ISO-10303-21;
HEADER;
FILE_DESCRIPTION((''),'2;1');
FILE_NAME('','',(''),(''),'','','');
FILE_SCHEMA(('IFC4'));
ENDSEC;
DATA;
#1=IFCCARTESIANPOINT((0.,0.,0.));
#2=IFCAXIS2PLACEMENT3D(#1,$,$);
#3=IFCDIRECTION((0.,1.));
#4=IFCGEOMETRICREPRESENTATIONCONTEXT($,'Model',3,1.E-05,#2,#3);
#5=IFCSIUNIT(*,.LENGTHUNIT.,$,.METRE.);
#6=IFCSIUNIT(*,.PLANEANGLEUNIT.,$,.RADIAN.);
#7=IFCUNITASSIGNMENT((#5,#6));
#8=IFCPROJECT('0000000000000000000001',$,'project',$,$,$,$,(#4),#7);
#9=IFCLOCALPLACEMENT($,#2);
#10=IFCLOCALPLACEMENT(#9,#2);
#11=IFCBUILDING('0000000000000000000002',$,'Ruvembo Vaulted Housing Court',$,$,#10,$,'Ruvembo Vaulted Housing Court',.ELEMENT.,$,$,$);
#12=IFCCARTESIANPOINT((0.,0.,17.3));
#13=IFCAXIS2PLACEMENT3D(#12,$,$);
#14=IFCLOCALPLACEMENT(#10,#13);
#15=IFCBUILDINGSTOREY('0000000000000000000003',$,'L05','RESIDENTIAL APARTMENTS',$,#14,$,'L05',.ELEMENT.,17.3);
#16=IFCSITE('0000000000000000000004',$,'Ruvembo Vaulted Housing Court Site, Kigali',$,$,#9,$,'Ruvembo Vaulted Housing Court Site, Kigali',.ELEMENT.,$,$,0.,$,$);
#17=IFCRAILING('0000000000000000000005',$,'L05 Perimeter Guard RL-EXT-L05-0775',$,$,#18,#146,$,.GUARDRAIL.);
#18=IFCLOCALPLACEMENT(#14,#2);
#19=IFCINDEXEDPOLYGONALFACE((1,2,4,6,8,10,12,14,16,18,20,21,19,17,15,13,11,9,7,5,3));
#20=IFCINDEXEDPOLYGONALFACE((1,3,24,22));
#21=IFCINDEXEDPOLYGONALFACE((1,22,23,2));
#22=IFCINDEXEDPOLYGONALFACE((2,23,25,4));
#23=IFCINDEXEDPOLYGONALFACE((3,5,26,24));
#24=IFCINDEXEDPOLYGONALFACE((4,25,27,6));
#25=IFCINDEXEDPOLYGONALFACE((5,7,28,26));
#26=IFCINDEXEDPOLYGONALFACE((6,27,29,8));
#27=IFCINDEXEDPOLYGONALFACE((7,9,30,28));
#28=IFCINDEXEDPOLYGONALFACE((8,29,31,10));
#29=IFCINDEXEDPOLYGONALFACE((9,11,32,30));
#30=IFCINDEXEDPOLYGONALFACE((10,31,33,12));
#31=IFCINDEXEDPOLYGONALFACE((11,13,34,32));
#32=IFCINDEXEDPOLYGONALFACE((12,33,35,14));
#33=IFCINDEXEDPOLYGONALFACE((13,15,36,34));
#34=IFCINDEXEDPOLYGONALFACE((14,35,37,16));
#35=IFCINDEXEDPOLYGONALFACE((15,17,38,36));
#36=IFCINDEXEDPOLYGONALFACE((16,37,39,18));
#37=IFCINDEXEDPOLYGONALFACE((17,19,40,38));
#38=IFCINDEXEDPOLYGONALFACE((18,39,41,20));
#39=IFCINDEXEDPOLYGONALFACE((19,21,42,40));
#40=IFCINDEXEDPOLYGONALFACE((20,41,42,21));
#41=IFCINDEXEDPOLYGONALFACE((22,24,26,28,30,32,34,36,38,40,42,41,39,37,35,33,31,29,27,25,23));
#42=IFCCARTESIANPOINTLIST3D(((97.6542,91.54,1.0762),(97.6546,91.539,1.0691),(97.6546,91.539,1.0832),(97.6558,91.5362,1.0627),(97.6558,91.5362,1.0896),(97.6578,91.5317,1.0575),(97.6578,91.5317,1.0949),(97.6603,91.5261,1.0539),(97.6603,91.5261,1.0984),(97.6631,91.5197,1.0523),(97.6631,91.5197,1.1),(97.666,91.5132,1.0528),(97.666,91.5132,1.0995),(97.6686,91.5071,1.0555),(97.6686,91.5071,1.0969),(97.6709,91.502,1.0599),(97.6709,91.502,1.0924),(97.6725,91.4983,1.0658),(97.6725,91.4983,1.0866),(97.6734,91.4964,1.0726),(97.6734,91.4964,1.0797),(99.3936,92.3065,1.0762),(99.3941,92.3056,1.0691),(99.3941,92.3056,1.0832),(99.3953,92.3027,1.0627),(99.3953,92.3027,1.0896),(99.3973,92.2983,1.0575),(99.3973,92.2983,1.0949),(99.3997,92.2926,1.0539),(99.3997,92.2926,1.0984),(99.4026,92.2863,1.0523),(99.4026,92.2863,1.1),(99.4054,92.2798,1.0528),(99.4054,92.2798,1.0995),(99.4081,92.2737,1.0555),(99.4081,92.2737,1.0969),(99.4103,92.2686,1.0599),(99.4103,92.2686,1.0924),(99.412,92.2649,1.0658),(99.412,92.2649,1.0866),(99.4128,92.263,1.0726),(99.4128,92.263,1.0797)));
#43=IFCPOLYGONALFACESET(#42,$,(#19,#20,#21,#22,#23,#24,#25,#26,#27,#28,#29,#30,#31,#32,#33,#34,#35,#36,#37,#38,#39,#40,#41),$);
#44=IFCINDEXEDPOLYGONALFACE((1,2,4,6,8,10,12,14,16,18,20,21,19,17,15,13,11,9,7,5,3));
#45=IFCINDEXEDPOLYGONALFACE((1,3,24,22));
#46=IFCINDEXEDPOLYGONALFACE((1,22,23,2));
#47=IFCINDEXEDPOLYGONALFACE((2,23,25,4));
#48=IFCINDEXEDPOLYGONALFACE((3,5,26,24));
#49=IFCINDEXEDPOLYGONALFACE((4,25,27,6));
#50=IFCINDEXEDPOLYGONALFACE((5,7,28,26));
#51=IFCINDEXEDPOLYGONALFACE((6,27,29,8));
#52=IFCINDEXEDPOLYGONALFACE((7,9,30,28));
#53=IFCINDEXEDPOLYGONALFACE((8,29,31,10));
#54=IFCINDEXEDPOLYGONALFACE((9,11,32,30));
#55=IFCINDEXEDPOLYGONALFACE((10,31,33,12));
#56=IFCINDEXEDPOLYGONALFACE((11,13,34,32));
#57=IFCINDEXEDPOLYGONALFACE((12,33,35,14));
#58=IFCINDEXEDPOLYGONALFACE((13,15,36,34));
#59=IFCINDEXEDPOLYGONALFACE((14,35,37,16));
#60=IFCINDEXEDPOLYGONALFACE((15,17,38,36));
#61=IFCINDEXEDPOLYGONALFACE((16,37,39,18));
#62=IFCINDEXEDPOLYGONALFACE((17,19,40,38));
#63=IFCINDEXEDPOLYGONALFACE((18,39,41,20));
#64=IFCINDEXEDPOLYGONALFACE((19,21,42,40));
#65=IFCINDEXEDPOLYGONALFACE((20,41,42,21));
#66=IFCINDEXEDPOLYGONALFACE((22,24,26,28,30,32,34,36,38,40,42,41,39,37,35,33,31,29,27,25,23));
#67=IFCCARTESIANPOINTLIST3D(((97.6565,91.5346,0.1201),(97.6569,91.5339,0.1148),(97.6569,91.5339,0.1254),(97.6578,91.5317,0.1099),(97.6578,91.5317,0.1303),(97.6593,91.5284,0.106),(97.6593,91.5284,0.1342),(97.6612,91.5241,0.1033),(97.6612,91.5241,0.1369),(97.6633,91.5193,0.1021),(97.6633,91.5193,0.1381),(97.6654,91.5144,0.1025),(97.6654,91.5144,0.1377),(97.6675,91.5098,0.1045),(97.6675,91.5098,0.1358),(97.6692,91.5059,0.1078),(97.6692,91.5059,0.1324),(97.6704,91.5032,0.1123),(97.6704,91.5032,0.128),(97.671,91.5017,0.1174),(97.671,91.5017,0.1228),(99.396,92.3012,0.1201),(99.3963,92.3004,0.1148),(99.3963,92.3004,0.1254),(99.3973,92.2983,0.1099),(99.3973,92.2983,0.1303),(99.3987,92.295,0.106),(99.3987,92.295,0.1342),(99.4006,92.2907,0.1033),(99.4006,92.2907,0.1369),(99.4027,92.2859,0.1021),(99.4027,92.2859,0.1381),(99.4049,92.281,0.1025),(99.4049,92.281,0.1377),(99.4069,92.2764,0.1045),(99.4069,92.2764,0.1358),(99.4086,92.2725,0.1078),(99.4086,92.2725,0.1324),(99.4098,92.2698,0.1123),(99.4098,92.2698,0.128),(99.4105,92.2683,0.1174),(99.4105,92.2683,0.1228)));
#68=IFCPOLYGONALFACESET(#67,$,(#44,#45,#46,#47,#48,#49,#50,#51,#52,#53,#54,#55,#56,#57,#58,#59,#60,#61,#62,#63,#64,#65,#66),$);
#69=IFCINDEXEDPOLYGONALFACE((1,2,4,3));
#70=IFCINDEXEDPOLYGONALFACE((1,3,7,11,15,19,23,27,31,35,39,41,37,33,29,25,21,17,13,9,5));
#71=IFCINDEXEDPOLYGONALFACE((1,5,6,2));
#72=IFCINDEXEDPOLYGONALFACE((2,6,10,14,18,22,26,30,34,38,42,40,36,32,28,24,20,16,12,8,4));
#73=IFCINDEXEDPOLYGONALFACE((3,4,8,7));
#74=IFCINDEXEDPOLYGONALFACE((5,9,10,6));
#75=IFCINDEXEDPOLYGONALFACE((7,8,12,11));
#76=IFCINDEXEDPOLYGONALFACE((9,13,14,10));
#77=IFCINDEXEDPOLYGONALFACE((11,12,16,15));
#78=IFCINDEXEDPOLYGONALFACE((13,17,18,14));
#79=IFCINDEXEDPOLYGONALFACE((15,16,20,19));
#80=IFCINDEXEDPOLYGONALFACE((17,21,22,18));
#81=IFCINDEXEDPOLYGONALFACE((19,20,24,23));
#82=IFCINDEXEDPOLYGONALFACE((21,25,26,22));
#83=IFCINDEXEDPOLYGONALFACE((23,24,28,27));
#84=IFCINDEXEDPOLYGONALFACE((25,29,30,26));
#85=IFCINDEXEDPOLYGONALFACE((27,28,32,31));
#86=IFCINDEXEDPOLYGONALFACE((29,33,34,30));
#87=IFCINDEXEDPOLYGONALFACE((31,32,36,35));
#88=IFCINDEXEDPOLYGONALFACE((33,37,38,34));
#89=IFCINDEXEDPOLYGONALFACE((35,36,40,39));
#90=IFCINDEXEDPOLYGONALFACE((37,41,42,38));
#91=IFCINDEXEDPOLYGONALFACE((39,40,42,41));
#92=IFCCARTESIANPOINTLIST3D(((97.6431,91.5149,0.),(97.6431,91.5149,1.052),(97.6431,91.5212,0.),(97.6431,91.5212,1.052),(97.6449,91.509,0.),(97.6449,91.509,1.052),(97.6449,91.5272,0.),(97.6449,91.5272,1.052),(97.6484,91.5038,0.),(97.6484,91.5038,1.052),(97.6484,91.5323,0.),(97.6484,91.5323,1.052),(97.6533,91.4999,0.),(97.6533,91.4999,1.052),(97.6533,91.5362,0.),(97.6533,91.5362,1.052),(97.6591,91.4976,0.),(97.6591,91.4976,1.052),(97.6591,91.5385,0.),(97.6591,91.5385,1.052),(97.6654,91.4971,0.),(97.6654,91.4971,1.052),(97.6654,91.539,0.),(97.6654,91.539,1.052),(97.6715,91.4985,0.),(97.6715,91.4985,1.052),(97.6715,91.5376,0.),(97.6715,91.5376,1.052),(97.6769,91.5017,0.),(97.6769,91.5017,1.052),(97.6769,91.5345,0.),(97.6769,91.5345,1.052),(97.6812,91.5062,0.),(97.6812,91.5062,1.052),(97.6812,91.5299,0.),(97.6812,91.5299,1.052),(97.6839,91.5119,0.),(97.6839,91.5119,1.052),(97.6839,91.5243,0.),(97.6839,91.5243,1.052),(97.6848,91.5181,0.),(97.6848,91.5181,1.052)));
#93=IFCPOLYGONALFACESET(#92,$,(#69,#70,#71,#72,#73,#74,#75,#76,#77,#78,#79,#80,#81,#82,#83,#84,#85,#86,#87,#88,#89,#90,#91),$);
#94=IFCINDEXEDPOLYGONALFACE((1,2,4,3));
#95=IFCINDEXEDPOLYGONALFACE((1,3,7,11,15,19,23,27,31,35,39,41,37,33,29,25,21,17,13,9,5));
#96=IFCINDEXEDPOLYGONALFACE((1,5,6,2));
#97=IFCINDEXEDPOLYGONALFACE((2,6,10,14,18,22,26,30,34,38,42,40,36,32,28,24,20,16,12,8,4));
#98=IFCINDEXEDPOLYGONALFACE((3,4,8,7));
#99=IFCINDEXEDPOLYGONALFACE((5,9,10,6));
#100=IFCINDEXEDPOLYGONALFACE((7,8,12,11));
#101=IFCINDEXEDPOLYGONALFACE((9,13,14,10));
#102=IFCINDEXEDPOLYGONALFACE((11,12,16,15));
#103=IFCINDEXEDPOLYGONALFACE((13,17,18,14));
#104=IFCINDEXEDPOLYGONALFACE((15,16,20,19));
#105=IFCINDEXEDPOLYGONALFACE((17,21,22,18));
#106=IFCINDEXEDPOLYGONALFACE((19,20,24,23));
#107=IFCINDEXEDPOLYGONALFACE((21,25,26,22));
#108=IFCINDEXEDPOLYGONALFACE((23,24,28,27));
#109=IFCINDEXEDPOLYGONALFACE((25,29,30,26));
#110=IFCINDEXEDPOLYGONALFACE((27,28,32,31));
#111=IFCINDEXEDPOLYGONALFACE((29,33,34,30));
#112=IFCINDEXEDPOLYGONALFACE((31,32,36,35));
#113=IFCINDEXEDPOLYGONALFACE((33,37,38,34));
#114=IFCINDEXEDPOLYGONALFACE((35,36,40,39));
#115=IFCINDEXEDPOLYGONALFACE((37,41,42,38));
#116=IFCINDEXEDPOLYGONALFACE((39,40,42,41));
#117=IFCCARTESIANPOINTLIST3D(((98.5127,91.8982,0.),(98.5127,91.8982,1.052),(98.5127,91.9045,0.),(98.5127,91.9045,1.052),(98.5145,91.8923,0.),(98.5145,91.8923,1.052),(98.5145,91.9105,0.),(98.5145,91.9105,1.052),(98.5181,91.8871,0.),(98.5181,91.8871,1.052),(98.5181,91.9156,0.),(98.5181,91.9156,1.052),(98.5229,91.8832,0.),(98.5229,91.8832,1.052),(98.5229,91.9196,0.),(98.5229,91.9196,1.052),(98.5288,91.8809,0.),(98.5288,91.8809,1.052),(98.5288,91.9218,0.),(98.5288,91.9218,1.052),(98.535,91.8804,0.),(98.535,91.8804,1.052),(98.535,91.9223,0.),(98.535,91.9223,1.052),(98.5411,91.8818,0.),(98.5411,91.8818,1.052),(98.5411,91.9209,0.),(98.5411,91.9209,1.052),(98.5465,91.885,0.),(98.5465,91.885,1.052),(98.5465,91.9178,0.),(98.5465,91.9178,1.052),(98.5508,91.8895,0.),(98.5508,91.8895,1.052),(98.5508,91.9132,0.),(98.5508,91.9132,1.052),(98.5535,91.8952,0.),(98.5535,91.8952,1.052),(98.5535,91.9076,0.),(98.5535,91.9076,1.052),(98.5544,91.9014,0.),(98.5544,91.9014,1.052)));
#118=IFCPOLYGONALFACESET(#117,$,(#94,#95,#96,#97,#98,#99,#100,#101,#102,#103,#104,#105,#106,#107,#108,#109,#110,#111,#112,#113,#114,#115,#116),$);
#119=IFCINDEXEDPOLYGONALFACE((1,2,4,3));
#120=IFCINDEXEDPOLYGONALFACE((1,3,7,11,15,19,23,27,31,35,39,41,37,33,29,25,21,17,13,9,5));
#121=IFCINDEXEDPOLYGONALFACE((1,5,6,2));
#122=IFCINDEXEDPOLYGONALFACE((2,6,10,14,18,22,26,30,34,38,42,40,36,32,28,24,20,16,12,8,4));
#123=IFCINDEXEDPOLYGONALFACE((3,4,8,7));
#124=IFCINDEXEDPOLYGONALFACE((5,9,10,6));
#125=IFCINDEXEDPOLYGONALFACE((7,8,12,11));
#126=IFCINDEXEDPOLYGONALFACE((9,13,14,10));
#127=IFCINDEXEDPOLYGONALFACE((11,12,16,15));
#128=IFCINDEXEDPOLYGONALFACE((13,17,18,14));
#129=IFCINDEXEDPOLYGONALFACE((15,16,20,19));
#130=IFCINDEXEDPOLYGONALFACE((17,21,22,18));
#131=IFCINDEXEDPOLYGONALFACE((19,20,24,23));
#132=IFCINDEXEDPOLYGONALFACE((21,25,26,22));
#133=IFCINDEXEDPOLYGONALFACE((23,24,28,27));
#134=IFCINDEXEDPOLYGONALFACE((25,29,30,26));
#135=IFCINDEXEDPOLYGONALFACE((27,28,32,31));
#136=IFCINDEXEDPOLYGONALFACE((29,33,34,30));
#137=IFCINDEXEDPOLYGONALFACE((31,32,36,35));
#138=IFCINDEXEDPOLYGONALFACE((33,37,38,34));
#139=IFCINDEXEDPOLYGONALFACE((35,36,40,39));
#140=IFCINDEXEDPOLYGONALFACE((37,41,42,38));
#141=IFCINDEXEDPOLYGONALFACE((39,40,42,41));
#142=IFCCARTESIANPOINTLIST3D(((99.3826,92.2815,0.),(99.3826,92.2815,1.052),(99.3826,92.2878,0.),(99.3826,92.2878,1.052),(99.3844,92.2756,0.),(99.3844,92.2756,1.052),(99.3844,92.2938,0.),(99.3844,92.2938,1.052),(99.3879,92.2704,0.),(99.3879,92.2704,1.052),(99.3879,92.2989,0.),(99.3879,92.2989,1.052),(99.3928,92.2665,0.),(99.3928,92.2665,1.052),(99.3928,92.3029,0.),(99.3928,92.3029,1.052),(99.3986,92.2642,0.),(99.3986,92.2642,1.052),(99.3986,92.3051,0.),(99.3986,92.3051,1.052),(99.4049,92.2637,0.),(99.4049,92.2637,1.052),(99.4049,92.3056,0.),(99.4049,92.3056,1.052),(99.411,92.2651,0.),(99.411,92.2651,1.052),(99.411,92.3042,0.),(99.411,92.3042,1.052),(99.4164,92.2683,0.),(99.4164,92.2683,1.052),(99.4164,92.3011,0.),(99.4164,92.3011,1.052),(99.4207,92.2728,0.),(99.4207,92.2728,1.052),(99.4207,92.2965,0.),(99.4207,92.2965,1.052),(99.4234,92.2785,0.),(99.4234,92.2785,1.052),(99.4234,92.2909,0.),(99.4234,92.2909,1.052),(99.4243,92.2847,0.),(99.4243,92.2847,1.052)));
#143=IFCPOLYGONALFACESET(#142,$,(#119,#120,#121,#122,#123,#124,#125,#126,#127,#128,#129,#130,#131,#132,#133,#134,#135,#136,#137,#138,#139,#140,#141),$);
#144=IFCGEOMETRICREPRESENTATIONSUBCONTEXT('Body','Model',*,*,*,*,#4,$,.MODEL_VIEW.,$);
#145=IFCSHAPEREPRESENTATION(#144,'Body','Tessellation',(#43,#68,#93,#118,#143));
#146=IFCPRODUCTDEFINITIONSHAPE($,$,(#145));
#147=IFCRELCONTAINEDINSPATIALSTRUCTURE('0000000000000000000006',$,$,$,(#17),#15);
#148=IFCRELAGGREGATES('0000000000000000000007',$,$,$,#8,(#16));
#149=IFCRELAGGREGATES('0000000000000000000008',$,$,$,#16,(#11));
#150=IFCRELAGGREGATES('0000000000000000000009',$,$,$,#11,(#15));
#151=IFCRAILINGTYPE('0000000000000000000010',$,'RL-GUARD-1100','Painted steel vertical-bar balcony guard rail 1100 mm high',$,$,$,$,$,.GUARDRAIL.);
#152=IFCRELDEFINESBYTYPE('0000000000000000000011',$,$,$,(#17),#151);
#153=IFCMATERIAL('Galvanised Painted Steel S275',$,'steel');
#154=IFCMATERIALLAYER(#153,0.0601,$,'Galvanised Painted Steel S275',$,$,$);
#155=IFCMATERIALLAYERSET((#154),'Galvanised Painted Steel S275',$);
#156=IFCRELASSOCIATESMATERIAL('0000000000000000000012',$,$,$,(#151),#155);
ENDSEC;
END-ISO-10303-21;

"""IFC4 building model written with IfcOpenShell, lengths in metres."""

from ifc_helpers import new_model, si_unit, direction, frame, origin, origin_2d, place, context, subcontext, project, spatial, circle, extrude, material, layer, layer_set, type_object, element, save


model = new_model("IFC4")

# Units and contexts
model_context = context("Model", 3, precision=1e-05, world=origin(), true_north=direction((0.0, 1.0)))
body_context = subcontext(model_context, "Body", "Model", "MODEL_VIEW")
ifc_project = project(units=[si_unit("LENGTHUNIT", "METRE"), si_unit("PLANEANGLEUNIT", "RADIAN")], contexts=[model_context])

# Site, building, storey
site_placement = place(None, origin())
site = spatial("IfcSite", under=ifc_project, at=site_placement, Name="Ruvembo Vaulted Housing Court Site, Kigali", LongName="Ruvembo Vaulted Housing Court Site, Kigali", CompositionType="ELEMENT", RefElevation=0.0)
building_placement = place(site_placement, origin())
building = spatial("IfcBuilding", under=site, at=building_placement, Name="Ruvembo Vaulted Housing Court", LongName="Ruvembo Vaulted Housing Court", CompositionType="ELEMENT")
storey_placement = place(building_placement, frame((0.0, 0.0, 17.3)))
storey = spatial("IfcBuildingStorey", under=building, at=storey_placement, Name="L05", Description="RESIDENTIAL APARTMENTS", LongName="L05", CompositionType="ELEMENT", Elevation=17.3)

# Railing
ifc_material_1 = material(Name="Galvanised Painted Steel S275", Category="steel")
ifc_layer_1 = layer(ifc_material_1, 0.0601, Name="Galvanised Painted Steel S275")
ifc_layer_set_1 = layer_set([ifc_layer_1], Name="Galvanised Painted Steel S275")
railing_type = type_object("IfcRailingType", Name="RL-GUARD-1100", Description="Painted steel vertical-bar balcony guard rail 1100 mm high", PredefinedType="GUARDRAIL", material=ifc_layer_set_1)
railing_1_placement = place(storey_placement, frame((97.6638, 91.5181, 0.0)))
element("IfcRailing", 1, at=railing_1_placement, inside=storey, type_object=railing_type, Name="L05 Perimeter Guard RL-EXT-L05-0775", PredefinedType="GUARDRAIL", context=body_context, shape_type="SweptSolid", body=[
    extrude(circle(Radius=0.0239, at=origin_2d()), frame((0.0, 0.0, 1.0762), z_axis=(0.915078, 0.403277, 0.0), x_axis=(-0.403277, 0.915078, 0.0)), (0.0, 0.0, 1.0), 1.9009),
    extrude(circle(Radius=0.0181, at=origin_2d()), frame((0.0, 0.0, 0.1201), z_axis=(0.915078, 0.403277, 0.0), x_axis=(-0.403277, 0.915078, 0.0)), (0.0, 0.0, 1.0), 1.9009),
    extrude(circle(Radius=0.021, at=origin_2d()), origin(), (0.0, 0.0, 1.0), 1.052),
    extrude(circle(Radius=0.021, at=origin_2d()), frame((0.8696, 0.3833, 0.0)), (0.0, 0.0, 1.0), 1.052),
    extrude(circle(Radius=0.021, at=origin_2d()), frame((1.7395, 0.7666, 0.0)), (0.0, 0.0, 1.0), 1.052),
])

save(model, "model.ifc")
